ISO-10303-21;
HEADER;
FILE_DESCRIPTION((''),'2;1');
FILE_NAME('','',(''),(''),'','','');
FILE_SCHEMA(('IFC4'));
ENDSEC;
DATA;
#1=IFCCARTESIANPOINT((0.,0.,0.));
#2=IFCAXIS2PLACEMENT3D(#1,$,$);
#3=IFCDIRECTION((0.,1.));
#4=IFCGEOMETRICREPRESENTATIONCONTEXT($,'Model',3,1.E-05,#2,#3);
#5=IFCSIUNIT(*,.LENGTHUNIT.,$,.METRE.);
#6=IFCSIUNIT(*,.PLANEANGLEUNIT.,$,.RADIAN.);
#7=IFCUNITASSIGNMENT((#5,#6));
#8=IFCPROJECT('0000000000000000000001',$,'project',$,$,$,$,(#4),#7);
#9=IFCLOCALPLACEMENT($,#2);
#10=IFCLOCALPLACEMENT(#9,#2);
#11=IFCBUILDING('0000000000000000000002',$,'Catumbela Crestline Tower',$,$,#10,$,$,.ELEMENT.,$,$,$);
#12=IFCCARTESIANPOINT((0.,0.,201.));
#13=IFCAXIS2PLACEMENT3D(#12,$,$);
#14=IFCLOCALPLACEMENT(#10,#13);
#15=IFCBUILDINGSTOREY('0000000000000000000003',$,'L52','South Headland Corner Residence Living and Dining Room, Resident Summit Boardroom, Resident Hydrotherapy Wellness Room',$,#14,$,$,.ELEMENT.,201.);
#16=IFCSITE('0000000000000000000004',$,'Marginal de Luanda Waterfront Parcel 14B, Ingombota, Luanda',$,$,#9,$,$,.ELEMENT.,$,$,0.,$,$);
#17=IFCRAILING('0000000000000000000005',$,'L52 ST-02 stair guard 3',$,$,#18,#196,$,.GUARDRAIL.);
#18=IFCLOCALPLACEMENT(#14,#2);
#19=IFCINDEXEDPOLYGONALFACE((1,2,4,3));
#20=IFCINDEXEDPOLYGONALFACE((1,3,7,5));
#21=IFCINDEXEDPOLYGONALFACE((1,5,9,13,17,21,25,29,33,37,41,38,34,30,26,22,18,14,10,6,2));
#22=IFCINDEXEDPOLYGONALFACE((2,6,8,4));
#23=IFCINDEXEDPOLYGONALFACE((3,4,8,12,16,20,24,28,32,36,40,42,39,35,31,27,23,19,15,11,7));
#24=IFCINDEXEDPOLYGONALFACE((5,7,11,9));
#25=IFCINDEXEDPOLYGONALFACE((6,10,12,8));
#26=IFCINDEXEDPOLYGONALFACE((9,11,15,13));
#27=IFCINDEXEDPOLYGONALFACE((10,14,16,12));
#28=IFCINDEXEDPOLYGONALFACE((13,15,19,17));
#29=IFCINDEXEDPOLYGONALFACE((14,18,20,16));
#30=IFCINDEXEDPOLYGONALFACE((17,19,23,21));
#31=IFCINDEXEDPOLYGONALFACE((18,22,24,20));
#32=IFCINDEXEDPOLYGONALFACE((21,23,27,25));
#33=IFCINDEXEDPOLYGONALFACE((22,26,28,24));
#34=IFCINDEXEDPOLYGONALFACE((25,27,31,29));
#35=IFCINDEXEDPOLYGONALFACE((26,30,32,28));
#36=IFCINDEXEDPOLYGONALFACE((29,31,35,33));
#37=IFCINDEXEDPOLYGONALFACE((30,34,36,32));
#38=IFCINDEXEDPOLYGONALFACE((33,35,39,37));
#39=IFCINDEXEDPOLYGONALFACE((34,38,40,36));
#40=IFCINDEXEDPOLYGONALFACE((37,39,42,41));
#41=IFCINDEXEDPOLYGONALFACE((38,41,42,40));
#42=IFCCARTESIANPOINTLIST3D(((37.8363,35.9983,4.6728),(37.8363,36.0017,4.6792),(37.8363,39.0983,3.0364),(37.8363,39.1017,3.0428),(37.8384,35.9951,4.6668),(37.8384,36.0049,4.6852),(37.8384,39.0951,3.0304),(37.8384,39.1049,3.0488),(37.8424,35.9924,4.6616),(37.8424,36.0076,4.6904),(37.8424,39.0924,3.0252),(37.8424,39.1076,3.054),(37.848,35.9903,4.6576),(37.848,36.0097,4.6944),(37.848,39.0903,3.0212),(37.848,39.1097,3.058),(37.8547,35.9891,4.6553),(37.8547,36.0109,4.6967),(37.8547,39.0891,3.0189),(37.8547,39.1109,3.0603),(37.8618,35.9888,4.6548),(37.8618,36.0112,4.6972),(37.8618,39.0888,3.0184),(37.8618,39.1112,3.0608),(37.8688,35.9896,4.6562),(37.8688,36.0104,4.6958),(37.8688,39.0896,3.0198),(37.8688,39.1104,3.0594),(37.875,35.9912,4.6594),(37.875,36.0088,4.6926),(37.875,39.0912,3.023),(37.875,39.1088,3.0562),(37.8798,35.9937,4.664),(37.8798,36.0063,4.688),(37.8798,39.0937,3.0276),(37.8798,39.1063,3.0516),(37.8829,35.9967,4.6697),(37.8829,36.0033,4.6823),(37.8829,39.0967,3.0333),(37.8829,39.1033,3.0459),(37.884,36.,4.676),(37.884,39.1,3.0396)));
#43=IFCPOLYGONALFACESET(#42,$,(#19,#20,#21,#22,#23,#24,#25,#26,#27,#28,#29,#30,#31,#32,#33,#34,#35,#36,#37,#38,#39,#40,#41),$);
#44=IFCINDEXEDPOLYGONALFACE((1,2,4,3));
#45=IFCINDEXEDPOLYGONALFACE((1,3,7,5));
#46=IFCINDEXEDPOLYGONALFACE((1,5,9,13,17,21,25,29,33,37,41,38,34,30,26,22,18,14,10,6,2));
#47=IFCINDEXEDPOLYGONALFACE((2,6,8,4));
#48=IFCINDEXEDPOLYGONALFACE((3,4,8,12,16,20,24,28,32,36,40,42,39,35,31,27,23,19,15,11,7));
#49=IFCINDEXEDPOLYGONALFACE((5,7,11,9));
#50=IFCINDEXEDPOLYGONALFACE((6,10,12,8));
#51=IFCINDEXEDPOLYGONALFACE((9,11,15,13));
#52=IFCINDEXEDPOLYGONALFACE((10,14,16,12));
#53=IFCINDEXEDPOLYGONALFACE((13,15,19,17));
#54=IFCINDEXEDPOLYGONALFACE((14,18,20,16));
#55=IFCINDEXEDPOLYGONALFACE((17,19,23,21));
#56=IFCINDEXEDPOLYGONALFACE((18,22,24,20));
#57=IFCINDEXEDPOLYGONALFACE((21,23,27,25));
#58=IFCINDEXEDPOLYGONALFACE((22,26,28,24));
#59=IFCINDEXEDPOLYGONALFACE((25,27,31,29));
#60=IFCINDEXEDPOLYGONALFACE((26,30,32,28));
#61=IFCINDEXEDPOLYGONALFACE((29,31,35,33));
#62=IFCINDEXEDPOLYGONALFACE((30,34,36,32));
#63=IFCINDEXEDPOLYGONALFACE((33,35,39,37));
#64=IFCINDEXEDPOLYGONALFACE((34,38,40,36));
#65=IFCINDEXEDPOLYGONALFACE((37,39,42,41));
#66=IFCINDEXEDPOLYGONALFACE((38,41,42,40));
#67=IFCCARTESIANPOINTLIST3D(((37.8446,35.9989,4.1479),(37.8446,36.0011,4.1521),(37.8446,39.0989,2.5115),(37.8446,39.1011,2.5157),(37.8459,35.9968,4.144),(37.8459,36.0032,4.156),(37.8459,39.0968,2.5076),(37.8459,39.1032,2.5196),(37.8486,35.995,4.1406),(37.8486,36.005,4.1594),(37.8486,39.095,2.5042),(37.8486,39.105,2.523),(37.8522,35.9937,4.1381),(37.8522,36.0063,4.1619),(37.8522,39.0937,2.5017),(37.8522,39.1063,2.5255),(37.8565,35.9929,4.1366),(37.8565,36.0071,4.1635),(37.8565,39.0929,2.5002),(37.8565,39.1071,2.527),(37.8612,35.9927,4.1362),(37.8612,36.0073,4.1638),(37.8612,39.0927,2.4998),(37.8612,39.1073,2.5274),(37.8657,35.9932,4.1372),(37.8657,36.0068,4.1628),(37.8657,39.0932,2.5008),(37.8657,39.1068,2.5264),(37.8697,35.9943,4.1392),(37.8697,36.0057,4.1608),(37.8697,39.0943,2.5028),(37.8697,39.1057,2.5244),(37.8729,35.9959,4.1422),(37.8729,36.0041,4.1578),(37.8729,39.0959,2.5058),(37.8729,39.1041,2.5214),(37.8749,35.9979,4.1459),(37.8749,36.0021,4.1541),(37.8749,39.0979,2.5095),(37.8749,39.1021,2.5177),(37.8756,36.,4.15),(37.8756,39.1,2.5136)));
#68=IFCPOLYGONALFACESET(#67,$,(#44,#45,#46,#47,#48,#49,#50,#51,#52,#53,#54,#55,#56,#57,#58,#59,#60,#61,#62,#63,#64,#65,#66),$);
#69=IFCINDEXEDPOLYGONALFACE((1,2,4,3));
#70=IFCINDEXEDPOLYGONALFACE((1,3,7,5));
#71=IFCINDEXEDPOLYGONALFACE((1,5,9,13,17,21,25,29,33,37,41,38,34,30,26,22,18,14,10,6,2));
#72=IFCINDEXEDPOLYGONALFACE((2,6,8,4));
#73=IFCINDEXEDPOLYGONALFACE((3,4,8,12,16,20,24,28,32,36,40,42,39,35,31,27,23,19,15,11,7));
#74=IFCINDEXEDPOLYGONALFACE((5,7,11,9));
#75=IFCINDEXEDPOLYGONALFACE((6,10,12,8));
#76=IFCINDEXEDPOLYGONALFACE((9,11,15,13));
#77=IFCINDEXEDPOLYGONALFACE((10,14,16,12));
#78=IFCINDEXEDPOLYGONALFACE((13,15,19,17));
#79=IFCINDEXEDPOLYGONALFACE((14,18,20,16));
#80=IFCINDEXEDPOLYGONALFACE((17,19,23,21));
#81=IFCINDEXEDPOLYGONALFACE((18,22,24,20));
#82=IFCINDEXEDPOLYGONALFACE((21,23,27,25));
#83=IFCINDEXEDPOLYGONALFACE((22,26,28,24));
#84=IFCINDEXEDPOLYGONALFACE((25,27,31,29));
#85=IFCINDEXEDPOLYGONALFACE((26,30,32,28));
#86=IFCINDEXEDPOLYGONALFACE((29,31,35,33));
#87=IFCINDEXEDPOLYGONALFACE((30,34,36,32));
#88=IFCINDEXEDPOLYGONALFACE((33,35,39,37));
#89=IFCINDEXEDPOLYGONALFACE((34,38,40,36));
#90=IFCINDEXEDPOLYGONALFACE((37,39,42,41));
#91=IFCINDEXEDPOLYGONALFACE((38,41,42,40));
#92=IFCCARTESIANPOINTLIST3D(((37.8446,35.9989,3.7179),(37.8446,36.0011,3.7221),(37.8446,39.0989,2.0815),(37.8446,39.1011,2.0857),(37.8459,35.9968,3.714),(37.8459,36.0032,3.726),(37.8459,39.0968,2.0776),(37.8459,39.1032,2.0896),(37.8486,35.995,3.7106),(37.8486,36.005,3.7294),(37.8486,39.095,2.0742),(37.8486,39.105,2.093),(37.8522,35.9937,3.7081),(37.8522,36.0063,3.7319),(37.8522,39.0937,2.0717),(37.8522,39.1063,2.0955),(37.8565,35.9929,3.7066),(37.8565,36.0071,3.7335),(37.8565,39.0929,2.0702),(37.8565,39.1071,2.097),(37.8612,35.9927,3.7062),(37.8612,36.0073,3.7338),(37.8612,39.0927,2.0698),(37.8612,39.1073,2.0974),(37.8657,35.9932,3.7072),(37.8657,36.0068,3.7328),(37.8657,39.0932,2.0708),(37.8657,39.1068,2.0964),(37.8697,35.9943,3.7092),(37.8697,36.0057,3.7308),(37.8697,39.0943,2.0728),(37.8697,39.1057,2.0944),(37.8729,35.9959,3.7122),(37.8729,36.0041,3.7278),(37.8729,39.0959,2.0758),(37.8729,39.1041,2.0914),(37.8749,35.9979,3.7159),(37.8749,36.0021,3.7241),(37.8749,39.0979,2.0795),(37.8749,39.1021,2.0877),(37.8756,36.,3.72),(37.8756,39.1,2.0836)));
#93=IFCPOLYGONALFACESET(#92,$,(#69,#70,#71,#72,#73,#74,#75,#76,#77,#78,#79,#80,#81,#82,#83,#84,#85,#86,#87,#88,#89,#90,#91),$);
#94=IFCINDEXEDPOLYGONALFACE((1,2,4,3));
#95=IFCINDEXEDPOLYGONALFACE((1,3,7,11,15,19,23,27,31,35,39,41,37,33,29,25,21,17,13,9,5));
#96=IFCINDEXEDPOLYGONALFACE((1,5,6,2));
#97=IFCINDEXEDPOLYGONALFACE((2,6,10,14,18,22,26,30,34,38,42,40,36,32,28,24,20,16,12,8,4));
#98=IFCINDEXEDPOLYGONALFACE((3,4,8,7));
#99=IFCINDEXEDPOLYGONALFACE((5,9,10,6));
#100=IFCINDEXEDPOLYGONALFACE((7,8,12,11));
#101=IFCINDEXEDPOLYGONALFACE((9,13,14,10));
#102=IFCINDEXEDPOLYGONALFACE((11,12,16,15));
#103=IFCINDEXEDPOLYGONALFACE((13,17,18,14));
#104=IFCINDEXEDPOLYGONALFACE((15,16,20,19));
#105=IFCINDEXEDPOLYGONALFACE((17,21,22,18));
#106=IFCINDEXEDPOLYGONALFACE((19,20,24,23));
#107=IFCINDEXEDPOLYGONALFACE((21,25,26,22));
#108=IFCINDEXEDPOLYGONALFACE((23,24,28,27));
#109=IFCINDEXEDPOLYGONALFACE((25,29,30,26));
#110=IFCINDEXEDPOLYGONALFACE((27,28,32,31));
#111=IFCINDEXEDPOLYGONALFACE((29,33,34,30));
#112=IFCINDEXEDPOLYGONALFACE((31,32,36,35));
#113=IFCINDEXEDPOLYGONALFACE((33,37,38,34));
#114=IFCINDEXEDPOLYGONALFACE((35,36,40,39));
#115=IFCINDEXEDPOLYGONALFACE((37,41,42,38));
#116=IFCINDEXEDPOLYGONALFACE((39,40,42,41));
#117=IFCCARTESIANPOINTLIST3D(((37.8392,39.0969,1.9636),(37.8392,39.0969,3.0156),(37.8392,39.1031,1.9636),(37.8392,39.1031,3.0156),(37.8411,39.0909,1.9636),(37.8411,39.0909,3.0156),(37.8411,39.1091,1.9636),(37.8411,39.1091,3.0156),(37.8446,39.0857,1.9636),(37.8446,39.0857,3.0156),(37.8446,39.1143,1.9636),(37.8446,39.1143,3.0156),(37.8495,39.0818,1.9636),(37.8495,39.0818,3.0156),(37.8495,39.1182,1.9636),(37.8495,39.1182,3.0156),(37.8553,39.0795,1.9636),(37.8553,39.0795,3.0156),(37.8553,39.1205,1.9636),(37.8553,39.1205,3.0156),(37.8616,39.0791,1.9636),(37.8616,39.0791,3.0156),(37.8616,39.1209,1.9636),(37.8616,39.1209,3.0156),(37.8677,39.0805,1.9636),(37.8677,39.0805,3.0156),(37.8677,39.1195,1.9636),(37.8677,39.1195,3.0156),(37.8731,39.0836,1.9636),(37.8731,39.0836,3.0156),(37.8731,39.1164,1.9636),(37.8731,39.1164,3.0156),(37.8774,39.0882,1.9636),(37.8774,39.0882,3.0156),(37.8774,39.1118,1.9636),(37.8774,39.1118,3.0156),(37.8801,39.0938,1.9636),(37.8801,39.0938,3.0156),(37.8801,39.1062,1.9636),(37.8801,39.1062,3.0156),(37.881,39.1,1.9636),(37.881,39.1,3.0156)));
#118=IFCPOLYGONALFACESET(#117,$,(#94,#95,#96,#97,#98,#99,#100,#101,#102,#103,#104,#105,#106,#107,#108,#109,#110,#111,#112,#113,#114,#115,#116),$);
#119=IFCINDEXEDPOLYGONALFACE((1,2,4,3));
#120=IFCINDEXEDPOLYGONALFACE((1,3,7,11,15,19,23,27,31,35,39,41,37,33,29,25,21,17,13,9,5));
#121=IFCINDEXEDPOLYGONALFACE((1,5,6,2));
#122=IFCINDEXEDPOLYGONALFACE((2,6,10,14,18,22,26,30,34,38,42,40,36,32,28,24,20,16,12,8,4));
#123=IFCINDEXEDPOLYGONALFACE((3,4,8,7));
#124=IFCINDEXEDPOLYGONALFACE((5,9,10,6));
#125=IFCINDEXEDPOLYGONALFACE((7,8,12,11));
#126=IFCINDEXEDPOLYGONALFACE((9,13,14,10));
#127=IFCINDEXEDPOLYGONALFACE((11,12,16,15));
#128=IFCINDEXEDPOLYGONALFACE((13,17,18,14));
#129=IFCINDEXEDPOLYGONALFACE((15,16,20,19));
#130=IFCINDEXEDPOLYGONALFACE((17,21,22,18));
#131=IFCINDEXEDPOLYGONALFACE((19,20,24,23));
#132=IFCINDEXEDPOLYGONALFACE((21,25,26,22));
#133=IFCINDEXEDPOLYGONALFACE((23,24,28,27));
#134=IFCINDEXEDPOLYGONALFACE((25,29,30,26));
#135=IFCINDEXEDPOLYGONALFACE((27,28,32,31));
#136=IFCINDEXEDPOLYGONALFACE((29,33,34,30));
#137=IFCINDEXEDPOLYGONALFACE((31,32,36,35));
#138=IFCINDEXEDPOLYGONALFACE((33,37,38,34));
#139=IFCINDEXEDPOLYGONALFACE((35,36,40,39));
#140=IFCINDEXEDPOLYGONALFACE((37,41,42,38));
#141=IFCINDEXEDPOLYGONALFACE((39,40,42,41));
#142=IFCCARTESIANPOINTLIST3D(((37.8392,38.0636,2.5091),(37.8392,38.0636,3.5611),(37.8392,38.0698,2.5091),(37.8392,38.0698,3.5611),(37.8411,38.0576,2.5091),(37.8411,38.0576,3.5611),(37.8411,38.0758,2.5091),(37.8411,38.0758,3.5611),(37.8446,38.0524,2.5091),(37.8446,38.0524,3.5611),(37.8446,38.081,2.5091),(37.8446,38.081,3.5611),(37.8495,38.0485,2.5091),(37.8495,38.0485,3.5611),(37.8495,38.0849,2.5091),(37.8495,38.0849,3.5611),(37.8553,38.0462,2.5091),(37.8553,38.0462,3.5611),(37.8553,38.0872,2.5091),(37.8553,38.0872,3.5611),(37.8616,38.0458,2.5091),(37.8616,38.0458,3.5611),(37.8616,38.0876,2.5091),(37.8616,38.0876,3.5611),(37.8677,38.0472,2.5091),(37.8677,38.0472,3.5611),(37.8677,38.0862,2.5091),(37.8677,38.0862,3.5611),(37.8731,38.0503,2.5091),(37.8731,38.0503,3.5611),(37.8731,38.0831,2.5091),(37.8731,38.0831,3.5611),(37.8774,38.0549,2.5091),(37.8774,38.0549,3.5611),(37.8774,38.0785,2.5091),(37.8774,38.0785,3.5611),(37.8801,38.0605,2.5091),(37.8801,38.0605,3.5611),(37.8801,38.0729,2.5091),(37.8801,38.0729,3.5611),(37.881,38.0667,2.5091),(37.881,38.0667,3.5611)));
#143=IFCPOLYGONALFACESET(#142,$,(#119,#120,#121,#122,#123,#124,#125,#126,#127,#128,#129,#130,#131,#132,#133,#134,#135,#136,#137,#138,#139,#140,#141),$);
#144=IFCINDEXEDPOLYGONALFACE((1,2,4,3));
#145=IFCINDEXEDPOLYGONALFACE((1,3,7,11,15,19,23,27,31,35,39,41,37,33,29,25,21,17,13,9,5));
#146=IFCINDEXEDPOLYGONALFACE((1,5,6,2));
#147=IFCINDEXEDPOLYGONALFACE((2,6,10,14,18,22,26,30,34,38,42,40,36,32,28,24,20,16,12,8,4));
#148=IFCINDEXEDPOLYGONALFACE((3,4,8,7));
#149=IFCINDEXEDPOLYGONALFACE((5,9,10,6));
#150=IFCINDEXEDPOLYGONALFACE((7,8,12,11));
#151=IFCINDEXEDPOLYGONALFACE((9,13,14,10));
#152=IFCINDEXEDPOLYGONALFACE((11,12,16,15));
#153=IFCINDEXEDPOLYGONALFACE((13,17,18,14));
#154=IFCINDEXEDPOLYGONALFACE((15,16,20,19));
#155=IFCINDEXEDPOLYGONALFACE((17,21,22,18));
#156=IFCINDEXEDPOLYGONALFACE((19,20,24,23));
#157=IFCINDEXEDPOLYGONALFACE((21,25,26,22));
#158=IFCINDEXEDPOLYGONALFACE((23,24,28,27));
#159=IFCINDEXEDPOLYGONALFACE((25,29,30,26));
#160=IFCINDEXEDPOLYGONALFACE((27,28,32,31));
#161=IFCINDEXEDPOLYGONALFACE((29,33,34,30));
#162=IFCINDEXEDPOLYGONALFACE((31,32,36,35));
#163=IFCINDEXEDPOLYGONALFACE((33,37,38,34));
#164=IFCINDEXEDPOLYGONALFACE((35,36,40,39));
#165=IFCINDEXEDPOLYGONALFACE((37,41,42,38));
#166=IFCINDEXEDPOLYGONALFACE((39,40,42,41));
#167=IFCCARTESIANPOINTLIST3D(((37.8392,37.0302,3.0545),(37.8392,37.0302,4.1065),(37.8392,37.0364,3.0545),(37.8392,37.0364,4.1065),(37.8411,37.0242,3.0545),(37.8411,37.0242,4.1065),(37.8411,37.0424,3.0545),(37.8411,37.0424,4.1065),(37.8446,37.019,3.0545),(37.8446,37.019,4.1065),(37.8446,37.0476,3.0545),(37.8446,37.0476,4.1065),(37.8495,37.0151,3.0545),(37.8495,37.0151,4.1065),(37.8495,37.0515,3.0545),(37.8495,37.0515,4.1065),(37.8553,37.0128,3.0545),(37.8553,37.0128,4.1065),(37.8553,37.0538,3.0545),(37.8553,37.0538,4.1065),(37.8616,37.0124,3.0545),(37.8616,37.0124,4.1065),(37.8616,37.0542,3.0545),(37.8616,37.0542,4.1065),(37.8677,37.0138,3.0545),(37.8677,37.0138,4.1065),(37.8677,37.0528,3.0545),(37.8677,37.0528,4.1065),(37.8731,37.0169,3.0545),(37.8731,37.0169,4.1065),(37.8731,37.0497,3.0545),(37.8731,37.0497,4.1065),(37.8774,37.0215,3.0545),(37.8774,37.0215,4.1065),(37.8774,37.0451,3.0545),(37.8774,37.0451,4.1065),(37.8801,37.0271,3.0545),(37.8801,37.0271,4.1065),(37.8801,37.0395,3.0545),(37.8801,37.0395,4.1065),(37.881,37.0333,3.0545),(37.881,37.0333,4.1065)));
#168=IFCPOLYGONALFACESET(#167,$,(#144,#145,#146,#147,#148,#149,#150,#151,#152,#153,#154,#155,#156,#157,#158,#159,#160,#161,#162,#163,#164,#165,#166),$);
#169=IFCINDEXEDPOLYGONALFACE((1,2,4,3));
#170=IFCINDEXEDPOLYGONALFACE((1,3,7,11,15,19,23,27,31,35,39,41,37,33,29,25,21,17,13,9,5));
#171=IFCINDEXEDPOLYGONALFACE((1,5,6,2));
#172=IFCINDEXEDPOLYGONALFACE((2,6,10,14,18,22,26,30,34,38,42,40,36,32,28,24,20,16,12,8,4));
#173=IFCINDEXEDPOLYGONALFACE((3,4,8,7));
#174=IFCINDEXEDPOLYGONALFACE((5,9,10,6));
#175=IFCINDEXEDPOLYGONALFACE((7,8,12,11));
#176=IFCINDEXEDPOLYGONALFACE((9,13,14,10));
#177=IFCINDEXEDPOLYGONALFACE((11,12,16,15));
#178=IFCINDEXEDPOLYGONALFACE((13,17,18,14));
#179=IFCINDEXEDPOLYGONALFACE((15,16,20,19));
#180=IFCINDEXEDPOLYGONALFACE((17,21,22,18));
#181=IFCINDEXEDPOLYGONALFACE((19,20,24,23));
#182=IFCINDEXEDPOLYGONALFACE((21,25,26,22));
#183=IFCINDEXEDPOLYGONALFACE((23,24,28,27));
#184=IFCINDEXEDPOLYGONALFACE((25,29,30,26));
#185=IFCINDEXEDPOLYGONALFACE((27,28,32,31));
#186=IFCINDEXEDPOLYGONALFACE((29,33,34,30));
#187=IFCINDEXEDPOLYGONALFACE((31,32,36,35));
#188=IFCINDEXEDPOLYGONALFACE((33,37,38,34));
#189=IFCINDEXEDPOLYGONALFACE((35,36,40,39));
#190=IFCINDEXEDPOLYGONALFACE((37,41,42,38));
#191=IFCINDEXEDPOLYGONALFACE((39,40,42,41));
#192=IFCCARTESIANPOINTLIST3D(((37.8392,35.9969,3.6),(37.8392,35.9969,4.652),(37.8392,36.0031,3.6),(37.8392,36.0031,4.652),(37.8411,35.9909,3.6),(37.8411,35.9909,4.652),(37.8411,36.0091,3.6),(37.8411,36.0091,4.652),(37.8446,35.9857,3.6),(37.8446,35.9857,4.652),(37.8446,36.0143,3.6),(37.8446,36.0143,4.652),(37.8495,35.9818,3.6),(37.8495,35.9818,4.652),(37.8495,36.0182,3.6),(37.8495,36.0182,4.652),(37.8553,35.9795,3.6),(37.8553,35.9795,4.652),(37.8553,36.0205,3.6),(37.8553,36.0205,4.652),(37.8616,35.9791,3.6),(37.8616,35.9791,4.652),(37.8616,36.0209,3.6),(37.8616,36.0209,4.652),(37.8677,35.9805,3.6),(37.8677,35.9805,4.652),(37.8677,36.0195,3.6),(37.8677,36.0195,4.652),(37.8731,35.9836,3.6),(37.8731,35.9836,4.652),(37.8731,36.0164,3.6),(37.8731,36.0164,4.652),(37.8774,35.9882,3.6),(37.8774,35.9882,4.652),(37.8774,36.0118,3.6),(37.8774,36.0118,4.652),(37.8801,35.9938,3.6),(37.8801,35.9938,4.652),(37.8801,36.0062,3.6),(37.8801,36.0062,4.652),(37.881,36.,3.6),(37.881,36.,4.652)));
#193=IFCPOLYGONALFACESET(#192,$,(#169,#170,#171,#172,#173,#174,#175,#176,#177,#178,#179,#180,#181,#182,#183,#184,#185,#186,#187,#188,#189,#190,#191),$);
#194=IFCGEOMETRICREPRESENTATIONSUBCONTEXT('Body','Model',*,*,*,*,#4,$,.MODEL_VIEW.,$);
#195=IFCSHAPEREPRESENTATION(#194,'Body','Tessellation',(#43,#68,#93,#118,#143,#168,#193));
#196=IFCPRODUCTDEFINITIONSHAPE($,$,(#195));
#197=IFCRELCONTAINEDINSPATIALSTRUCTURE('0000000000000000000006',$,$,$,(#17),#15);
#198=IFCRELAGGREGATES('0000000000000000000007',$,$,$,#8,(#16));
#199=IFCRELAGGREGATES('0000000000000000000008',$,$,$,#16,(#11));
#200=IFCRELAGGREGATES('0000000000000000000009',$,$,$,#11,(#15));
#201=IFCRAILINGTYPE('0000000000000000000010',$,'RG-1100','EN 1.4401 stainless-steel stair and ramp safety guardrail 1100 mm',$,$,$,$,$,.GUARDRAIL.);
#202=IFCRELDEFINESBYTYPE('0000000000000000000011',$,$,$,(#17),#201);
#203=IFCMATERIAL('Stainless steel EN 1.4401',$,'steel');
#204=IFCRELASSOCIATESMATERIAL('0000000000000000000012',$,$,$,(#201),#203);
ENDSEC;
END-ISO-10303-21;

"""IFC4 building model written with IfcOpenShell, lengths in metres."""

from ifc_helpers import new_model, si_unit, direction, frame, origin, origin_2d, place, context, subcontext, project, spatial, circle, extrude, material, type_object, element, save


model = new_model("IFC4")

# Units and contexts
model_context = context("Model", 3, precision=1e-05, world=origin(), true_north=direction((0.0, 1.0)))
body_context = subcontext(model_context, "Body", "Model", "MODEL_VIEW")
ifc_project = project(units=[si_unit("LENGTHUNIT", "METRE"), si_unit("PLANEANGLEUNIT", "RADIAN")], contexts=[model_context])

# Site, building, storey
site_placement = place(None, origin())
site = spatial("IfcSite", under=ifc_project, at=site_placement, Name="Marginal de Luanda Waterfront Parcel 14B, Ingombota, Luanda", CompositionType="ELEMENT", RefElevation=0.0)
building_placement = place(site_placement, origin())
building = spatial("IfcBuilding", under=site, at=building_placement, Name="Catumbela Crestline Tower", CompositionType="ELEMENT")
storey_placement = place(building_placement, frame((0.0, 0.0, 201.0)))
storey = spatial("IfcBuildingStorey", under=building, at=storey_placement, Name="L52", Description="South Headland Corner Residence Living and Dining Room, Resident Summit Boardroom, Resident Hydrotherapy Wellness Room", CompositionType="ELEMENT", Elevation=201.0)

# Shared definitions
ifc_material_1 = material(Name="Stainless steel EN 1.4401", Category="steel")

# Railing
railing_type_1 = type_object("IfcRailingType", Name="RG-1100", Description="EN 1.4401 stainless-steel stair and ramp safety guardrail 1100 mm", PredefinedType="GUARDRAIL", material=ifc_material_1)
railing_1_placement = place(storey_placement, frame((37.86, 39.1, 1.9636)))
element("IfcRailing", 1, at=railing_1_placement, inside=storey, type_object=railing_type_1, Name="L52 ST-02 stair guard 3", PredefinedType="GUARDRAIL", context=body_context, shape_type="SweptSolid", body=[
    extrude(circle(Radius=0.024, at=origin_2d()), frame((0.0, 0.0, 1.076), z_axis=(0.0, -0.884351, 0.466823), x_axis=(1.0, 0.0, 0.0)), (0.0, 0.0, 1.0), 3.5054),
    extrude(circle(Radius=0.0156, at=origin_2d()), frame((0.0, 0.0, 0.55), z_axis=(0.0, -0.884351, 0.466823), x_axis=(1.0, 0.0, 0.0)), (0.0, 0.0, 1.0), 3.5054),
    extrude(circle(Radius=0.0156, at=origin_2d()), frame((0.0, 0.0, 0.12), z_axis=(0.0, -0.884351, 0.466823), x_axis=(1.0, 0.0, 0.0)), (0.0, 0.0, 1.0), 3.5054),
    extrude(circle(Radius=0.021, at=origin_2d()), origin(), (0.0, 0.0, 1.0), 1.052),
    extrude(circle(Radius=0.021, at=origin_2d()), frame((0.0, -1.0333, 0.5455)), (0.0, 0.0, 1.0), 1.052),
    extrude(circle(Radius=0.021, at=origin_2d()), frame((0.0, -2.0667, 1.0909)), (0.0, 0.0, 1.0), 1.052),
    extrude(circle(Radius=0.021, at=origin_2d()), frame((0.0, -3.1, 1.6364)), (0.0, 0.0, 1.0), 1.052),
])

save(model, "model.ifc")
